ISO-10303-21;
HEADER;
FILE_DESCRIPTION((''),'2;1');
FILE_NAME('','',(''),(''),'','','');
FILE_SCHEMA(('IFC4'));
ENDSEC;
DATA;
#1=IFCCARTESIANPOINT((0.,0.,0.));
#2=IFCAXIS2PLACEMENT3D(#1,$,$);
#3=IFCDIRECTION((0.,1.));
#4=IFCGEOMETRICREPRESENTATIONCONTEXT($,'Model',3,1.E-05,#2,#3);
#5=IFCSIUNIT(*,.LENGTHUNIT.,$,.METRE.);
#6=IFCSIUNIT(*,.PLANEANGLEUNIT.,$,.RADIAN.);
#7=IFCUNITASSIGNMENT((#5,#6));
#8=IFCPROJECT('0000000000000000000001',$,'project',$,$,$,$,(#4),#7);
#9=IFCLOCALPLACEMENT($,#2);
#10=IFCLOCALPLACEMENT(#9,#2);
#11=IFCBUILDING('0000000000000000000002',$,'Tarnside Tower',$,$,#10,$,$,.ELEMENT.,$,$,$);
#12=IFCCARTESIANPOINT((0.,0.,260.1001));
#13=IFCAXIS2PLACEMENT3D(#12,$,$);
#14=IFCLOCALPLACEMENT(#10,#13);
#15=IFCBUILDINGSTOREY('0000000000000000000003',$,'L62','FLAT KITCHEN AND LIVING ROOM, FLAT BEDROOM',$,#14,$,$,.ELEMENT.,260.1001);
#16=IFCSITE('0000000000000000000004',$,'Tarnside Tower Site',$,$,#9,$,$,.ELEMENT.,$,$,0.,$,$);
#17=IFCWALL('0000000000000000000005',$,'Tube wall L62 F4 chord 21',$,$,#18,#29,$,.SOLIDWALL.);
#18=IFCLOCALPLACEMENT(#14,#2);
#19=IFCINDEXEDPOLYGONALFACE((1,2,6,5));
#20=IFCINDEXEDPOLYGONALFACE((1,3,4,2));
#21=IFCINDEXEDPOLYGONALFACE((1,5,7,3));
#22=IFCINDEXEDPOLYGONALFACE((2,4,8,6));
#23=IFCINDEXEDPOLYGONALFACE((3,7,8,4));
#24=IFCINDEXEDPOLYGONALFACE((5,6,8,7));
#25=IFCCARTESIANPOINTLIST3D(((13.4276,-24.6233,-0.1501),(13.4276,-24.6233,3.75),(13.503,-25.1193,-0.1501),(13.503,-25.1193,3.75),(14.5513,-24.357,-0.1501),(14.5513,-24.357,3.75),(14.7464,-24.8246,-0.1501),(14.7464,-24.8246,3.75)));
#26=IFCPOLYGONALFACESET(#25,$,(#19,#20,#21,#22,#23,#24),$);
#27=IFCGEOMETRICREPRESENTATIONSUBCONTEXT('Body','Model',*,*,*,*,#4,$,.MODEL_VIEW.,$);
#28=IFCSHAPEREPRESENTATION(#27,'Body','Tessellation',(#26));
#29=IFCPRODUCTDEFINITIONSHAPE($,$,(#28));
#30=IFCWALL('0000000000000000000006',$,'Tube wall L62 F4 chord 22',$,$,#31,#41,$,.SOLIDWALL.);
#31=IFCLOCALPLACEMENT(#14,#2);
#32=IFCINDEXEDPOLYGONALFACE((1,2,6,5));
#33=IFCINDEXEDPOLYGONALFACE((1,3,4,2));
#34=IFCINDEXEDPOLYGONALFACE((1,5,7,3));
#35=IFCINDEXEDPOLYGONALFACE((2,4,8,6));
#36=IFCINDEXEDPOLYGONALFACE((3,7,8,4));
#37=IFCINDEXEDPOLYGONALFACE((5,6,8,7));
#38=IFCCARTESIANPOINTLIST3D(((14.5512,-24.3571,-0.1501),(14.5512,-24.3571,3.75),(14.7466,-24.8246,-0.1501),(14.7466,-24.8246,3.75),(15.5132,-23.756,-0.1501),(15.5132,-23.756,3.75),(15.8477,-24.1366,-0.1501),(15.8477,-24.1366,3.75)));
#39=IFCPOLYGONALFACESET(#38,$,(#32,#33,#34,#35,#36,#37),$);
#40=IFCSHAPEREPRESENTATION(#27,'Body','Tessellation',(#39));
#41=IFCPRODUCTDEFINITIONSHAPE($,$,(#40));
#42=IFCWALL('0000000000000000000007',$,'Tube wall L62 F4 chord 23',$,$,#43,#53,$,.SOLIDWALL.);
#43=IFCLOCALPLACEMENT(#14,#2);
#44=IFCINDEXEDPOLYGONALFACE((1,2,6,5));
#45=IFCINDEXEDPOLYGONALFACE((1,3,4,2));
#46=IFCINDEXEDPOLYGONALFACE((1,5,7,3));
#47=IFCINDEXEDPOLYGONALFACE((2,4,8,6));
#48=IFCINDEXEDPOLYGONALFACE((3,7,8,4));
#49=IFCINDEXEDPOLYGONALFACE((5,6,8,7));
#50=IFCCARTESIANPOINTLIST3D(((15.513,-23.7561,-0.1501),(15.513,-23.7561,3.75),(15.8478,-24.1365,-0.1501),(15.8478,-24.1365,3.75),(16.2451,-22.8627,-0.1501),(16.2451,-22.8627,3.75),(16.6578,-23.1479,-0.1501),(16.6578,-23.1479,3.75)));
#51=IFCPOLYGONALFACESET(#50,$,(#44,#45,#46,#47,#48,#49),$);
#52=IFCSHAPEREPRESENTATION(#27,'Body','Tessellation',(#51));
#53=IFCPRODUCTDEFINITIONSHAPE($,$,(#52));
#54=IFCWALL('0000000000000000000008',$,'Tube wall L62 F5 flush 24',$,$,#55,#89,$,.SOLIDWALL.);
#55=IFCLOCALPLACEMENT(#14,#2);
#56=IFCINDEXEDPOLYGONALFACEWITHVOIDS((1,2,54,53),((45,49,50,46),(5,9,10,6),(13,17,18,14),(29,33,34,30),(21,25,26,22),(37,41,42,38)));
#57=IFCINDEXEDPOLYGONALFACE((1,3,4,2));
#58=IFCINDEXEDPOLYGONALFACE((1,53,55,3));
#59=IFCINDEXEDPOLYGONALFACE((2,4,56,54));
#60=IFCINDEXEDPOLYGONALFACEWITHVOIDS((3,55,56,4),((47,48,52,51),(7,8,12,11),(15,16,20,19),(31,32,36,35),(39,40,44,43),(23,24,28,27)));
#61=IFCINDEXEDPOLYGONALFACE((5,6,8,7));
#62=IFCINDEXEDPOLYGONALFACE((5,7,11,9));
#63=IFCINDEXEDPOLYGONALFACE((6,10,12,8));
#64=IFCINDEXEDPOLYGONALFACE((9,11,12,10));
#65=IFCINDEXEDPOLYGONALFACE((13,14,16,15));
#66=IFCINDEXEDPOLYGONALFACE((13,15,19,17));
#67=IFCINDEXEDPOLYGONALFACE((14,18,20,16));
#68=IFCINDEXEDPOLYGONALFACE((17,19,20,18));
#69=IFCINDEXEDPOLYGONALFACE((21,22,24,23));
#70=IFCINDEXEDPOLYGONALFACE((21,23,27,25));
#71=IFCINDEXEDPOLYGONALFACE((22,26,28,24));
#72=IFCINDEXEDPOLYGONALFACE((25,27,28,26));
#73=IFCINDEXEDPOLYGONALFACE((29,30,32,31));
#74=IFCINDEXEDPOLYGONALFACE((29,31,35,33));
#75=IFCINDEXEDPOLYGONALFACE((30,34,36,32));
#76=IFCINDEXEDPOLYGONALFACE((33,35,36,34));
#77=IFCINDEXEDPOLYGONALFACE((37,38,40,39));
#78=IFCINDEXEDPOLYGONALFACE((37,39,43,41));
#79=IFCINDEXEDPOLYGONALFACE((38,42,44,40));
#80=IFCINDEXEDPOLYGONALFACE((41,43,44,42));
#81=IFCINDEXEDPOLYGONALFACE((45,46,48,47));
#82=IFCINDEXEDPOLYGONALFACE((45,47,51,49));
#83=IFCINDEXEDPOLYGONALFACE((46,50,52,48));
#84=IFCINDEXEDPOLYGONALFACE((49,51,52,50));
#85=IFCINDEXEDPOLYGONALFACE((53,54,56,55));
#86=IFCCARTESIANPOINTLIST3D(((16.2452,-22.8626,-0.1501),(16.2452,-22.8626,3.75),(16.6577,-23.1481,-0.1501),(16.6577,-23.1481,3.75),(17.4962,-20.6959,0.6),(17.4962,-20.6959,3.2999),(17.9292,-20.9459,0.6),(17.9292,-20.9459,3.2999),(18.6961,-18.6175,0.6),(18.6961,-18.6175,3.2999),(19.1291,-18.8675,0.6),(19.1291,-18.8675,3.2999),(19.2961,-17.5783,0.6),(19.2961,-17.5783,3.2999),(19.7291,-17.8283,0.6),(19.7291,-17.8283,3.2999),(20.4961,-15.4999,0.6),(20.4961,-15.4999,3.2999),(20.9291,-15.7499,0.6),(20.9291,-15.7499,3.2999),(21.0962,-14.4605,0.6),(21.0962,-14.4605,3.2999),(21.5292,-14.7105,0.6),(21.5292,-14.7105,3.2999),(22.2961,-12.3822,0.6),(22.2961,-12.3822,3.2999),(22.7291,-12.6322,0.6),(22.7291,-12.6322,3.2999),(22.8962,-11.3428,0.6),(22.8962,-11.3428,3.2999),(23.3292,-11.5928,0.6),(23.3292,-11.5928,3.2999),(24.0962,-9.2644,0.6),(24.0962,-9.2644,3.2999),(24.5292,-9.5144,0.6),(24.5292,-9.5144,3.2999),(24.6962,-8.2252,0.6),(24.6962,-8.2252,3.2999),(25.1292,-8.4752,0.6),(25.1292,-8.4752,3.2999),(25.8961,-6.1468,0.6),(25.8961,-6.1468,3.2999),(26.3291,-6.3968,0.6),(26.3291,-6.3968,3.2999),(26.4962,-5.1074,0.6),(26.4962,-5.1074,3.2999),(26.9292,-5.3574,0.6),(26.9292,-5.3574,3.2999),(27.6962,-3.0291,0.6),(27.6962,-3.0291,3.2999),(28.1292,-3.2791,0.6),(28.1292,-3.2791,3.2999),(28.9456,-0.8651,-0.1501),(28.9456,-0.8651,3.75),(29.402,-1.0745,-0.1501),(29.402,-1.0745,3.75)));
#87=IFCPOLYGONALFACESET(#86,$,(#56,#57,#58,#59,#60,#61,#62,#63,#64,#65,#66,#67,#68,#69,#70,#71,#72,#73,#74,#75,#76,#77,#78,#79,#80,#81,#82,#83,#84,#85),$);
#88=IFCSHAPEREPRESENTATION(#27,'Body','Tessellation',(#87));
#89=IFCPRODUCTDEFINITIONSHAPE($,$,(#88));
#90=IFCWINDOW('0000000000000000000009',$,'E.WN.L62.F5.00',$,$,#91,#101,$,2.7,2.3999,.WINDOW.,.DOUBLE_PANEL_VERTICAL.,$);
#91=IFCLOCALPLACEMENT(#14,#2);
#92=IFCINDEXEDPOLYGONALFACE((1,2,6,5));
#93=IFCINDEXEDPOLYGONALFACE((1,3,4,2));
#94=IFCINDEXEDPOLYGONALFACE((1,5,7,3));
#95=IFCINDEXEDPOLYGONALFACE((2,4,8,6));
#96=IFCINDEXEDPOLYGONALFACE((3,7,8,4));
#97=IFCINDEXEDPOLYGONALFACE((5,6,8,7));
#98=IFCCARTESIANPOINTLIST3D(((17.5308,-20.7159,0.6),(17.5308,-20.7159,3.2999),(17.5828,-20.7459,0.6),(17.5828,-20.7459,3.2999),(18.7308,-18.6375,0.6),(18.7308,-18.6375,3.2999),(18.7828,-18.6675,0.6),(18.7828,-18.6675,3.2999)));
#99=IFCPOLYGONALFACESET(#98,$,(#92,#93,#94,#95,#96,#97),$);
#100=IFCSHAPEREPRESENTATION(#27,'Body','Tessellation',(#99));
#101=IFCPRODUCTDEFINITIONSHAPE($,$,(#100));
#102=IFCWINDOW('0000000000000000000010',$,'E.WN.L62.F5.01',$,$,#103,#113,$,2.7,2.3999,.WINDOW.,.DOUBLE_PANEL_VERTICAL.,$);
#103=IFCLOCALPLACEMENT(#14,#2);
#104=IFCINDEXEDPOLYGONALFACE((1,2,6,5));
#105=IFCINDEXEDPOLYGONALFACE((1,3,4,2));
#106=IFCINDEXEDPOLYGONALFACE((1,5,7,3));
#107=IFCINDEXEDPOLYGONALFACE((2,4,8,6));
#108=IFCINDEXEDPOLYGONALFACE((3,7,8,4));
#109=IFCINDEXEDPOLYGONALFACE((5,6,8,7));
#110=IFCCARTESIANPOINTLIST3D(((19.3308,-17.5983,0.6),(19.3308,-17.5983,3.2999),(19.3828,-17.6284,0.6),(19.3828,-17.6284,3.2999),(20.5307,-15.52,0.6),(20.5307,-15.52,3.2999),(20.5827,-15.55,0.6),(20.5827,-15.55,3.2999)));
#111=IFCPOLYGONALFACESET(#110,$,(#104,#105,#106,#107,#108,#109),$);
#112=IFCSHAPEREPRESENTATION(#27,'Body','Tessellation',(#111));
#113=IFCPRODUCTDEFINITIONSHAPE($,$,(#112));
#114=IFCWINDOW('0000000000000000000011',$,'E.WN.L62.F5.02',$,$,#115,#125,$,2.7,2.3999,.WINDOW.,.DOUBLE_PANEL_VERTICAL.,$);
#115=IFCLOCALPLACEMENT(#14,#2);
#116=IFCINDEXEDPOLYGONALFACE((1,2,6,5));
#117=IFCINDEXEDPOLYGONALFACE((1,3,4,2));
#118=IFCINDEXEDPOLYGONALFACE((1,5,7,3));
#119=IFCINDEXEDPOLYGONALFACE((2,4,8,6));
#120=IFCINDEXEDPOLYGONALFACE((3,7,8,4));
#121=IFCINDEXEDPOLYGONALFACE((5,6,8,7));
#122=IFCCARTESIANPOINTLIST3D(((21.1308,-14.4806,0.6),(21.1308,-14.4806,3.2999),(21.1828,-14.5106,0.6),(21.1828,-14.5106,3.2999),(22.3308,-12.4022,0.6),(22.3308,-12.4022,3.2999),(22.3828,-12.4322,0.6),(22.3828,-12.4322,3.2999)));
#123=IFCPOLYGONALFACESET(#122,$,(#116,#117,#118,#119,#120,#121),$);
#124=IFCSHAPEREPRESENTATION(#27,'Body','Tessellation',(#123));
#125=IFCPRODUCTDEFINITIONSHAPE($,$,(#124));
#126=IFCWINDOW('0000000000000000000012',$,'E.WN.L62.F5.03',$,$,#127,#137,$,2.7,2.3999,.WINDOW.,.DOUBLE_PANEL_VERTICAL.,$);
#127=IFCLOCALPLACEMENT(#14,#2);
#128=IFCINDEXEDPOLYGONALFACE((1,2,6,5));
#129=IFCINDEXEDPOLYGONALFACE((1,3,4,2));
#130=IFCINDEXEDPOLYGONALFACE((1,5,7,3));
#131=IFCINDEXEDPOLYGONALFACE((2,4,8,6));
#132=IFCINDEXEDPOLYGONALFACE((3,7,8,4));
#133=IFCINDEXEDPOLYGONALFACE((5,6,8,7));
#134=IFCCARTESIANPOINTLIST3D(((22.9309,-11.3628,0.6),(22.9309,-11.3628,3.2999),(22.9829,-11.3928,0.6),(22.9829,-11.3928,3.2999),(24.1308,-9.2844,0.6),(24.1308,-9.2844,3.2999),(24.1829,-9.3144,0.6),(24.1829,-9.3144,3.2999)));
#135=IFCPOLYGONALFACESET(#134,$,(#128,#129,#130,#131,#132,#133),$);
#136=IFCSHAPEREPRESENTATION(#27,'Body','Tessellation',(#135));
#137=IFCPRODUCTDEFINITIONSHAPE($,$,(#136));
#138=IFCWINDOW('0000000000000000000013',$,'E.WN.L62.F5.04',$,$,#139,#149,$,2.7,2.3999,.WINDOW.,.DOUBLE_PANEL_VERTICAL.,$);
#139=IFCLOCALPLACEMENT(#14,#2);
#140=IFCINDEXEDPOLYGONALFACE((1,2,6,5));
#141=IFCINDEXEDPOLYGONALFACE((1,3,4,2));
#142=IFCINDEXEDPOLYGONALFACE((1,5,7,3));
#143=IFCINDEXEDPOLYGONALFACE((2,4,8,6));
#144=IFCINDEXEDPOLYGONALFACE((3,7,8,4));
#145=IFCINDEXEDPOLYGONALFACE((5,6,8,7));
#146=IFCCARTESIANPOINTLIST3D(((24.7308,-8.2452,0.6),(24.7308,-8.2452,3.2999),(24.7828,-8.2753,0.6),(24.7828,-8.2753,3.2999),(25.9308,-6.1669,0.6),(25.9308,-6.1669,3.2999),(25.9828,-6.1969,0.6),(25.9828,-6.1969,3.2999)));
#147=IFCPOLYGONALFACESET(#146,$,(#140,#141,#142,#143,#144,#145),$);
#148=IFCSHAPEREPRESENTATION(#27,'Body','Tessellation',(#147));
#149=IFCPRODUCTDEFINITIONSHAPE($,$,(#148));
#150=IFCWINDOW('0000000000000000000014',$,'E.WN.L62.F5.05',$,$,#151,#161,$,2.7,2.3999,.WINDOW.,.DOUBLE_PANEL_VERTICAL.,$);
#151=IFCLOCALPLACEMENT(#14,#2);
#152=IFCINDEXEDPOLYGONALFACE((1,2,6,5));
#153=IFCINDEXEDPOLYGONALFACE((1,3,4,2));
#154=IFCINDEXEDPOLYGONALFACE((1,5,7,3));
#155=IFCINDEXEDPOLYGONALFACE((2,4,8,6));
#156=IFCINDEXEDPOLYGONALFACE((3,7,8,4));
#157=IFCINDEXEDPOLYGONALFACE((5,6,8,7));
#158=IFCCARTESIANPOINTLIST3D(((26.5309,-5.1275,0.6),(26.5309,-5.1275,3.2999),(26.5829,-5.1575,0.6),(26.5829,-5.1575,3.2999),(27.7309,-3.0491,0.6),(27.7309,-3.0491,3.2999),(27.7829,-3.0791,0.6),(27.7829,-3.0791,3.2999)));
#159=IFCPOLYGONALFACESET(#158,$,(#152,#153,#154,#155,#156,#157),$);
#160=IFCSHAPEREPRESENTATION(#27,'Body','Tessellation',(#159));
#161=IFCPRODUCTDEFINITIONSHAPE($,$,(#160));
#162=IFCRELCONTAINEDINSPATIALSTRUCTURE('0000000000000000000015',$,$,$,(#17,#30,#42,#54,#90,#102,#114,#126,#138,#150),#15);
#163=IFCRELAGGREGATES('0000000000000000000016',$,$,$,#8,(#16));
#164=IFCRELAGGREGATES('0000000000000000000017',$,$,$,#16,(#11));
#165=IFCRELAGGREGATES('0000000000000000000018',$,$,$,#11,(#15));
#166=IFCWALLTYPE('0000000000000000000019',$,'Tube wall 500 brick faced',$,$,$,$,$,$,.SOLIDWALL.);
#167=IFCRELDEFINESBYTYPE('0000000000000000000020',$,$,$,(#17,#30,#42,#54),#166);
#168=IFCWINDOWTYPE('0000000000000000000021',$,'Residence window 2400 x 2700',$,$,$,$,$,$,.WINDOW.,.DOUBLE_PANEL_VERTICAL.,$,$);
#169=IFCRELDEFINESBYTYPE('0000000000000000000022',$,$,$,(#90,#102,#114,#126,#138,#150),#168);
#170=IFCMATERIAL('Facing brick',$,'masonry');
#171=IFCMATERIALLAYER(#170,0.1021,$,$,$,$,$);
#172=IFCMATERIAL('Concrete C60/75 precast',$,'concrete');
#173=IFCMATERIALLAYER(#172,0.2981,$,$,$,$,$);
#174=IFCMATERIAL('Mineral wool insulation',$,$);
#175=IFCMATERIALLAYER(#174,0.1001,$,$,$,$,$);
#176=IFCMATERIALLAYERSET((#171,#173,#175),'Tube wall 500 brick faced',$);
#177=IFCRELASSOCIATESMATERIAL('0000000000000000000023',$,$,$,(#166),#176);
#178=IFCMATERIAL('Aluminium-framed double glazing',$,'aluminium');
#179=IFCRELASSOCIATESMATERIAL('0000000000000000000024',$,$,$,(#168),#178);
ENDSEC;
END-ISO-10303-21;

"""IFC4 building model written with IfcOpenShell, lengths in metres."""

from ifc_helpers import new_model, si_unit, direction, frame, frame_2d, origin, place, context, subcontext, project, spatial, polyline, rectangle, outline, extrude, material, layer, layer_set, type_object, element, fill, save


model = new_model("IFC4")

# Units and contexts
model_context = context("Model", 3, precision=1e-05, world=origin(), true_north=direction((0.0, 1.0)))
body_context = subcontext(model_context, "Body", "Model", "MODEL_VIEW")
ifc_project = project(units=[si_unit("LENGTHUNIT", "METRE"), si_unit("PLANEANGLEUNIT", "RADIAN")], contexts=[model_context])

# Site, building, storey
site_placement = place(None, origin())
site = spatial("IfcSite", under=ifc_project, at=site_placement, Name="Tarnside Tower Site", CompositionType="ELEMENT", RefElevation=0.0)
building_placement = place(site_placement, origin())
building = spatial("IfcBuilding", under=site, at=building_placement, Name="Tarnside Tower", CompositionType="ELEMENT")
storey_placement = place(building_placement, frame((0.0, 0.0, 260.1001)))
storey = spatial("IfcBuildingStorey", under=building, at=storey_placement, Name="L62", Description="FLAT KITCHEN AND LIVING ROOM, FLAT BEDROOM", CompositionType="ELEMENT", Elevation=260.1001)

# Walls
ifc_material_1 = material(Name="Facing brick", Category="masonry")
ifc_layer_1 = layer(ifc_material_1, 0.1021)
ifc_material_2 = material(Name="Concrete C60/75 precast", Category="concrete")
ifc_layer_2 = layer(ifc_material_2, 0.2981)
ifc_material_3 = material(Name="Mineral wool insulation")
ifc_layer_3 = layer(ifc_material_3, 0.1001)
ifc_layer_set_1 = layer_set([ifc_layer_1, ifc_layer_2, ifc_layer_3], Name="Tube wall 500 brick faced")
wall_type_1 = type_object("IfcWallType", Name="Tube wall 500 brick faced", PredefinedType="SOLIDWALL", material=ifc_layer_set_1)
wall_1_placement = place(storey_placement, frame((13.4653, -24.8713, -0.1501), z_axis=(0.0, 0.0, 1.0), x_axis=(0.973045, 0.230616, 0.0)))
element("IfcWall", 1, at=wall_1_placement, inside=storey, type_object=wall_type_1, Name="Tube wall L62 F4 chord 21", PredefinedType="SOLIDWALL", context=body_context, shape_type="SweptSolid", body=[
    extrude(outline(polyline([(-0.0205, -0.25), (1.2573, -0.25), (1.1753, 0.25), (0.0205, 0.25), (-0.0205, -0.25)])), origin(), (0.0, 0.0, 1.0), 3.9001),
])
wall_2_placement = place(storey_placement, frame((14.6489, -24.5908, -0.1501), z_axis=(0.0, 0.0, 1.0), x_axis=(0.848055, 0.529909, 0.0)))
element("IfcWall", 2, at=wall_2_placement, inside=storey, type_object=wall_type_1, Name="Tube wall L62 F4 chord 22", PredefinedType="SOLIDWALL", context=body_context, shape_type="SweptSolid", body=[
    extrude(outline(polyline([(-0.041, -0.25), (1.2573, -0.25), (1.1753, 0.25), (0.041, 0.25), (-0.041, -0.25)])), origin(), (0.0, 0.0, 1.0), 3.9001),
])
wall_3_placement = place(storey_placement, frame((15.6804, -23.9463, -0.1501), z_axis=(0.0, 0.0, 1.0), x_axis=(0.633806, 0.773492, 0.0)))
element("IfcWall", 3, at=wall_3_placement, inside=storey, type_object=wall_type_1, Name="Tube wall L62 F4 chord 23", PredefinedType="SOLIDWALL", context=body_context, shape_type="SweptSolid", body=[
    extrude(outline(polyline([(-0.041, -0.25), (1.2371, -0.25), (1.196, 0.25), (0.041, 0.25), (-0.041, -0.25)])), origin(), (0.0, 0.0, 1.0), 3.9001),
])

# Wall, openings, windows
wall_4_placement = place(storey_placement, frame((16.4514, -23.0054, -0.1501), z_axis=(0.0, 0.0, 1.0), x_axis=(0.500004, 0.866023, 0.0)))
wall_4 = element("IfcWall", 4, at=wall_4_placement, inside=storey, type_object=wall_type_1, Name="Tube wall L62 F5 flush 24", PredefinedType="SOLIDWALL", context=body_context, shape_type="SweptSolid", body=[
    extrude(outline(polyline([(-0.0205, -0.25), (25.468, -0.25), (25.4211, 0.25), (0.0205, 0.25), (-0.0205, -0.25)])), origin(), (0.0, 0.0, 1.0), 3.9001),
])
opening_1_placement = place(wall_4_placement, frame((2.5225, 0.0, 0.75)))
opening_1 = element("IfcOpeningElement", 5, at=opening_1_placement, cuts=wall_4, PredefinedType="OPENING", context=body_context, shape_type="SweptSolid", body=[
    extrude(rectangle(XDim=2.3999, YDim=2.7, at=frame_2d((1.2, 1.3501))), frame((0.0, 0.26, 0.0), z_axis=(0.0, -1.0, 0.0), x_axis=(1.0, 0.0, 0.0)), (0.0, 0.0, 1.0), 0.52),
])
opening_2_placement = place(wall_4_placement, frame((6.1223, 0.0, 0.75)))
opening_2 = element("IfcOpeningElement", 6, at=opening_2_placement, cuts=wall_4, PredefinedType="OPENING", context=body_context, shape_type="SweptSolid", body=[
    extrude(rectangle(XDim=2.3999, YDim=2.7, at=frame_2d((1.2, 1.3501))), frame((0.0, 0.26, 0.0), z_axis=(0.0, -1.0, 0.0), x_axis=(1.0, 0.0, 0.0)), (0.0, 0.0, 1.0), 0.52),
])
opening_3_placement = place(wall_4_placement, frame((9.7224, 0.0, 0.75)))
opening_3 = element("IfcOpeningElement", 7, at=opening_3_placement, cuts=wall_4, PredefinedType="OPENING", context=body_context, shape_type="SweptSolid", body=[
    extrude(rectangle(XDim=2.3999, YDim=2.7, at=frame_2d((1.2, 1.3501))), frame((0.0, 0.26, 0.0), z_axis=(0.0, -1.0, 0.0), x_axis=(1.0, 0.0, 0.0)), (0.0, 0.0, 1.0), 0.52),
])
opening_4_placement = place(wall_4_placement, frame((13.3225, 0.0, 0.75)))
opening_4 = element("IfcOpeningElement", 8, at=opening_4_placement, cuts=wall_4, PredefinedType="OPENING", context=body_context, shape_type="SweptSolid", body=[
    extrude(rectangle(XDim=2.3999, YDim=2.7, at=frame_2d((1.2, 1.3501))), frame((0.0, 0.26, 0.0), z_axis=(0.0, -1.0, 0.0), x_axis=(1.0, 0.0, 0.0)), (0.0, 0.0, 1.0), 0.52),
])
opening_5_placement = place(wall_4_placement, frame((16.9224, 0.0, 0.75)))
opening_5 = element("IfcOpeningElement", 9, at=opening_5_placement, cuts=wall_4, PredefinedType="OPENING", context=body_context, shape_type="SweptSolid", body=[
    extrude(rectangle(XDim=2.3999, YDim=2.7, at=frame_2d((1.2, 1.3501))), frame((0.0, 0.26, 0.0), z_axis=(0.0, -1.0, 0.0), x_axis=(1.0, 0.0, 0.0)), (0.0, 0.0, 1.0), 0.52),
])
opening_6_placement = place(wall_4_placement, frame((20.5225, 0.0, 0.75)))
opening_6 = element("IfcOpeningElement", 10, at=opening_6_placement, cuts=wall_4, PredefinedType="OPENING", context=body_context, shape_type="SweptSolid", body=[
    extrude(rectangle(XDim=2.3999, YDim=2.7, at=frame_2d((1.2, 1.3501))), frame((0.0, 0.26, 0.0), z_axis=(0.0, -1.0, 0.0), x_axis=(1.0, 0.0, 0.0)), (0.0, 0.0, 1.0), 0.52),
])
ifc_material_4 = material(Name="Aluminium-framed double glazing", Category="aluminium")
window_type = type_object("IfcWindowType", Name="Residence window 2400 x 2700", PartitioningType="DOUBLE_PANEL_VERTICAL", PredefinedType="WINDOW", material=ifc_material_4)
window_1_placement = place(opening_1_placement, frame((0.0, 0.1799, 0.0)))
window_1 = element("IfcWindow", 11, at=window_1_placement, inside=storey, type_object=window_type, Name="E.WN.L62.F5.00", OverallHeight=2.7, OverallWidth=2.3999, PartitioningType="DOUBLE_PANEL_VERTICAL", PredefinedType="WINDOW", context=body_context, shape_type="SweptSolid", body=[
    extrude(rectangle(XDim=2.3999, YDim=2.7, at=frame_2d((1.2, 1.3501))), frame((0.0, 0.03, 0.0), z_axis=(0.0, -1.0, 0.0), x_axis=(1.0, 0.0, 0.0)), (0.0, 0.0, 1.0), 0.0601),
])
fill(opening_1, window_1)
window_2_placement = place(opening_2_placement, frame((0.0, 0.1799, 0.0)))
window_2 = element("IfcWindow", 12, at=window_2_placement, inside=storey, type_object=window_type, Name="E.WN.L62.F5.01", OverallHeight=2.7, OverallWidth=2.3999, PartitioningType="DOUBLE_PANEL_VERTICAL", PredefinedType="WINDOW", context=body_context, shape_type="SweptSolid", body=[
    extrude(rectangle(XDim=2.3999, YDim=2.7, at=frame_2d((1.2, 1.3501))), frame((0.0, 0.03, 0.0), z_axis=(0.0, -1.0, 0.0), x_axis=(1.0, 0.0, 0.0)), (0.0, 0.0, 1.0), 0.0601),
])
fill(opening_2, window_2)
window_3_placement = place(opening_3_placement, frame((0.0, 0.1799, 0.0)))
window_3 = element("IfcWindow", 13, at=window_3_placement, inside=storey, type_object=window_type, Name="E.WN.L62.F5.02", OverallHeight=2.7, OverallWidth=2.3999, PartitioningType="DOUBLE_PANEL_VERTICAL", PredefinedType="WINDOW", context=body_context, shape_type="SweptSolid", body=[
    extrude(rectangle(XDim=2.3999, YDim=2.7, at=frame_2d((1.2, 1.3501))), frame((0.0, 0.03, 0.0), z_axis=(0.0, -1.0, 0.0), x_axis=(1.0, 0.0, 0.0)), (0.0, 0.0, 1.0), 0.0601),
])
fill(opening_3, window_3)
window_4_placement = place(opening_4_placement, frame((0.0, 0.1799, 0.0)))
window_4 = element("IfcWindow", 14, at=window_4_placement, inside=storey, type_object=window_type, Name="E.WN.L62.F5.03", OverallHeight=2.7, OverallWidth=2.3999, PartitioningType="DOUBLE_PANEL_VERTICAL", PredefinedType="WINDOW", context=body_context, shape_type="SweptSolid", body=[
    extrude(rectangle(XDim=2.3999, YDim=2.7, at=frame_2d((1.2, 1.3501))), frame((0.0, 0.03, 0.0), z_axis=(0.0, -1.0, 0.0), x_axis=(1.0, 0.0, 0.0)), (0.0, 0.0, 1.0), 0.0601),
])
fill(opening_4, window_4)
window_5_placement = place(opening_5_placement, frame((0.0, 0.1799, 0.0)))
window_5 = element("IfcWindow", 15, at=window_5_placement, inside=storey, type_object=window_type, Name="E.WN.L62.F5.04", OverallHeight=2.7, OverallWidth=2.3999, PartitioningType="DOUBLE_PANEL_VERTICAL", PredefinedType="WINDOW", context=body_context, shape_type="SweptSolid", body=[
    extrude(rectangle(XDim=2.3999, YDim=2.7, at=frame_2d((1.2, 1.3501))), frame((0.0, 0.03, 0.0), z_axis=(0.0, -1.0, 0.0), x_axis=(1.0, 0.0, 0.0)), (0.0, 0.0, 1.0), 0.0601),
])
fill(opening_5, window_5)
window_6_placement = place(opening_6_placement, frame((0.0, 0.1799, 0.0)))
window_6 = element("IfcWindow", 16, at=window_6_placement, inside=storey, type_object=window_type, Name="E.WN.L62.F5.05", OverallHeight=2.7, OverallWidth=2.3999, PartitioningType="DOUBLE_PANEL_VERTICAL", PredefinedType="WINDOW", context=body_context, shape_type="SweptSolid", body=[
    extrude(rectangle(XDim=2.3999, YDim=2.7, at=frame_2d((1.2, 1.3501))), frame((0.0, 0.03, 0.0), z_axis=(0.0, -1.0, 0.0), x_axis=(1.0, 0.0, 0.0)), (0.0, 0.0, 1.0), 0.0601),
])
fill(opening_6, window_6)

save(model, "model.ifc")
